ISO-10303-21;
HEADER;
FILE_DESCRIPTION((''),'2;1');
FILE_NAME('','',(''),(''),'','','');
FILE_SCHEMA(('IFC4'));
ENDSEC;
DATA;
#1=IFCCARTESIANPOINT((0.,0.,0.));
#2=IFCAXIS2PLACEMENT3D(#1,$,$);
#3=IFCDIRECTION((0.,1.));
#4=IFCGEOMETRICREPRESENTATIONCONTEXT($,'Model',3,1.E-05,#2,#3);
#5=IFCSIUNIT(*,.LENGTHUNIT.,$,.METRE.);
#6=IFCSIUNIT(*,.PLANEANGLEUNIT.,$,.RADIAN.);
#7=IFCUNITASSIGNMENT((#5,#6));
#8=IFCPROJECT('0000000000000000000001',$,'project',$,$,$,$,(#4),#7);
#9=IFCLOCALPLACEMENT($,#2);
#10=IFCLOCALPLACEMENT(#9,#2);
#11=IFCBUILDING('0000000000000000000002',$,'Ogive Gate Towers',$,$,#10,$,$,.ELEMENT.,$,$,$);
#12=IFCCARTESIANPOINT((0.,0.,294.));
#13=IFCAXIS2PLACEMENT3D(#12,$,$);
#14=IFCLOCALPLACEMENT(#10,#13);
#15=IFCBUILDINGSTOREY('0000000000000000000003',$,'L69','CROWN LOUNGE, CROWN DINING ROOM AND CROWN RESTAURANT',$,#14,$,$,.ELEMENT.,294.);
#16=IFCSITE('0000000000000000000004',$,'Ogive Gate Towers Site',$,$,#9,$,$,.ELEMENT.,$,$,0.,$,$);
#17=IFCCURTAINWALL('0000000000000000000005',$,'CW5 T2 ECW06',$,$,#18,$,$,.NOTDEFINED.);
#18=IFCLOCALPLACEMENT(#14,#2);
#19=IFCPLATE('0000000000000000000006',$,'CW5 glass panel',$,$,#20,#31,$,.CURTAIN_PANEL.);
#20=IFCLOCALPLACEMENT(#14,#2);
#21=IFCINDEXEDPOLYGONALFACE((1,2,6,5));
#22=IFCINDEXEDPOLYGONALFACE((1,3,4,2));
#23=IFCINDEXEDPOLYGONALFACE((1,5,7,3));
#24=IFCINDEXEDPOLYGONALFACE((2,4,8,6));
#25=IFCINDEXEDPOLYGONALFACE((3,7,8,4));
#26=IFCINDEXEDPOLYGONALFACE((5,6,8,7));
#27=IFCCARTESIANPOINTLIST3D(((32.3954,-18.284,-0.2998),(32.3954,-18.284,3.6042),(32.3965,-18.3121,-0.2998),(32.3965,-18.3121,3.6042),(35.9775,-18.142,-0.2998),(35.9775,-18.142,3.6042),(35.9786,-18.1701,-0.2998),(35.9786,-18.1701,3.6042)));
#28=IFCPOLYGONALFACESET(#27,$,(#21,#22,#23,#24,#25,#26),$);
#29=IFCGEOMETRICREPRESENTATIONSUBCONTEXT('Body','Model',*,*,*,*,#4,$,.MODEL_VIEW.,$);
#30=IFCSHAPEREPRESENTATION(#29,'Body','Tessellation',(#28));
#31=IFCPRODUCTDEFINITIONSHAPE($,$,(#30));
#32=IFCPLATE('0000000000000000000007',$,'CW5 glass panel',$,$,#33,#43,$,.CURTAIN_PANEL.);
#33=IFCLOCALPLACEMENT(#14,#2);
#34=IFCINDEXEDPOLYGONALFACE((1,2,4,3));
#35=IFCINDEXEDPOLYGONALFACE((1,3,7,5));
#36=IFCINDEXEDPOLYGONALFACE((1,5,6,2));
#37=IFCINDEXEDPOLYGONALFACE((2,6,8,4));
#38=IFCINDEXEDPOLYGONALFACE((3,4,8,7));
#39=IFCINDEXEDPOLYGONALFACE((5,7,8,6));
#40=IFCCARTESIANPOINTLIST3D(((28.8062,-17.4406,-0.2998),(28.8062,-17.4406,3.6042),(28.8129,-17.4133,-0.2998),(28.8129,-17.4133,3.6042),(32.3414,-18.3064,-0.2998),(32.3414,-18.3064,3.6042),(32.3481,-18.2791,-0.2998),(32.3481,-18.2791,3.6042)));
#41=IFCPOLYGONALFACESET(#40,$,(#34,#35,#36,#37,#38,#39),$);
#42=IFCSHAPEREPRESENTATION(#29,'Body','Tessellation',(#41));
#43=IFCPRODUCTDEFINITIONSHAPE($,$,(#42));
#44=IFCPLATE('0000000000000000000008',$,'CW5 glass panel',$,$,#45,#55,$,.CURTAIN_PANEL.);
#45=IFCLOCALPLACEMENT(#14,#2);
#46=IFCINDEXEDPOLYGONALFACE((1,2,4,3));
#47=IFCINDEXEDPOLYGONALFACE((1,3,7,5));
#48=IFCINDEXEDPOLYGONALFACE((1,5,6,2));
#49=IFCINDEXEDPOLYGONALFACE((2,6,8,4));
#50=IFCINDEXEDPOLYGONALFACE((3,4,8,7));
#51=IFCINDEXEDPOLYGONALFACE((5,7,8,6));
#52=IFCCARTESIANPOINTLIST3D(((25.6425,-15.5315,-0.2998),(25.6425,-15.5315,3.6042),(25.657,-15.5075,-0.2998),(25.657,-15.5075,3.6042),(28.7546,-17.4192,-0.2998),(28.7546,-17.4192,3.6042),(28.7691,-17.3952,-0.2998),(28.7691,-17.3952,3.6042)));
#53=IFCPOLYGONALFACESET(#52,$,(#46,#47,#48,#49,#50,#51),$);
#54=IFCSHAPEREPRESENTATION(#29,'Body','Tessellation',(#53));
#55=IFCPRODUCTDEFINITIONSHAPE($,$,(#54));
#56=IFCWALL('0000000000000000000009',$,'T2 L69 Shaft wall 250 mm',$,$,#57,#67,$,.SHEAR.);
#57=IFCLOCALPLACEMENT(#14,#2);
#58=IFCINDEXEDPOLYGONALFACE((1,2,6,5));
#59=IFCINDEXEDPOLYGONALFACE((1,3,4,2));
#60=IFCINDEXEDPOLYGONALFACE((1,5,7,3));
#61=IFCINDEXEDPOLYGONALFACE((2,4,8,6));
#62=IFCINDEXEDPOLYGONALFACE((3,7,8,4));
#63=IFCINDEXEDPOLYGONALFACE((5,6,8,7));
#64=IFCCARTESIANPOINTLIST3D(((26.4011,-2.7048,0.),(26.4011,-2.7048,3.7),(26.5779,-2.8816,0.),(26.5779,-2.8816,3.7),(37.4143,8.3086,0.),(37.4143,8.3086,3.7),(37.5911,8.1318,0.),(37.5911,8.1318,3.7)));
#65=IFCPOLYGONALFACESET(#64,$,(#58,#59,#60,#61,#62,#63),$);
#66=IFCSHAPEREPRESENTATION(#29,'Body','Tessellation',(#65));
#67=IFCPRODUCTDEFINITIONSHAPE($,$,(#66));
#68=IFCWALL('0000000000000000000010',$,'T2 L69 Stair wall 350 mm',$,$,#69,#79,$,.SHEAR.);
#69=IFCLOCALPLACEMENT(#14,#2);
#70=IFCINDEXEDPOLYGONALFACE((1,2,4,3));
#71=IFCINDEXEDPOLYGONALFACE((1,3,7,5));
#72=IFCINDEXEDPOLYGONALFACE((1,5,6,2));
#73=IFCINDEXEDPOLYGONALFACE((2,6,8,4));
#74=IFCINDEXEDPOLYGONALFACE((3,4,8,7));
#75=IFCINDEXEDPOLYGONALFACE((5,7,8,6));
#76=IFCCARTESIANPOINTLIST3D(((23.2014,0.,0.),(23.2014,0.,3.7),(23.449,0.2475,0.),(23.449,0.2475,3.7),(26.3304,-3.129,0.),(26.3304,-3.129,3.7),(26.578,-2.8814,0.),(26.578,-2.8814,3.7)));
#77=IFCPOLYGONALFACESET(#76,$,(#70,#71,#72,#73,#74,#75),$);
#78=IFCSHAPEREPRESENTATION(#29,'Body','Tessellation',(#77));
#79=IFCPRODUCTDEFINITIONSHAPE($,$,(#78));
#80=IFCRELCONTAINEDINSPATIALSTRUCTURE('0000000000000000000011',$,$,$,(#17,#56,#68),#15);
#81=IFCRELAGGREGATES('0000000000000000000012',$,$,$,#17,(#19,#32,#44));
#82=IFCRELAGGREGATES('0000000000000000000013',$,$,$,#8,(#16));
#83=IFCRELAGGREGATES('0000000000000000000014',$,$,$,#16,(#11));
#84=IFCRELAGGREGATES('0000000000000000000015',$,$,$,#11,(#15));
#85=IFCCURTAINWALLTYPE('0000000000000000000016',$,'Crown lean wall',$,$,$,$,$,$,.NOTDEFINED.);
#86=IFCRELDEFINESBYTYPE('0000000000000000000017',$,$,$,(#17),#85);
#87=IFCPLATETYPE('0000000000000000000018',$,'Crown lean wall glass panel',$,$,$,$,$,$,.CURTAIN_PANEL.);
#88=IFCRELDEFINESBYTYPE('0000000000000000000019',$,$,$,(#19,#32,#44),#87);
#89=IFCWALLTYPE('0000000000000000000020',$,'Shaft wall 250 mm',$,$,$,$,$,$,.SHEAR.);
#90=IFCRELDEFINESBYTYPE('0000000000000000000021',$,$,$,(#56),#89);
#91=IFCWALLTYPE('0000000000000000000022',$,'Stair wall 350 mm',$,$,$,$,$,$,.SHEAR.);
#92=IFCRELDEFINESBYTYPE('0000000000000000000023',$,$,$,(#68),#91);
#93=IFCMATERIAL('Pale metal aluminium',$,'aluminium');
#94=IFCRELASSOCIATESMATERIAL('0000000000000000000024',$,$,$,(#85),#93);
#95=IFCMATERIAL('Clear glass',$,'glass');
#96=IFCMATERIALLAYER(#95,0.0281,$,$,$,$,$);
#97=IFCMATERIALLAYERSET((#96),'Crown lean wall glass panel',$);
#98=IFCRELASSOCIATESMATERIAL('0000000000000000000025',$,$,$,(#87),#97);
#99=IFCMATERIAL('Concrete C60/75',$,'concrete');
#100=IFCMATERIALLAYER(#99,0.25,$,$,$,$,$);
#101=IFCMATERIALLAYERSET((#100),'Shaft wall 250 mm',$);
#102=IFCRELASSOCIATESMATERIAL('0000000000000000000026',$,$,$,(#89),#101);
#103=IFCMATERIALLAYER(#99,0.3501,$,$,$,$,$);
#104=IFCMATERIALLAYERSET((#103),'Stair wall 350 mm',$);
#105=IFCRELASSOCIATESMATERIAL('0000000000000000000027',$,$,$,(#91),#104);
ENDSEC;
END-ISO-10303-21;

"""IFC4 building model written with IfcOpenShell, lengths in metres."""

from ifc_helpers import new_model, si_unit, direction, frame, frame_2d, origin, origin_2d, place, context, subcontext, project, spatial, rectangle, extrude, material, layer, layer_set, type_object, element, aggregate, save


model = new_model("IFC4")

# Units and contexts
model_context = context("Model", 3, precision=1e-05, world=origin(), true_north=direction((0.0, 1.0)))
body_context = subcontext(model_context, "Body", "Model", "MODEL_VIEW")
ifc_project = project(units=[si_unit("LENGTHUNIT", "METRE"), si_unit("PLANEANGLEUNIT", "RADIAN")], contexts=[model_context])

# Site, building, storey
site_placement = place(None, origin())
site = spatial("IfcSite", under=ifc_project, at=site_placement, Name="Ogive Gate Towers Site", CompositionType="ELEMENT", RefElevation=0.0)
building_placement = place(site_placement, origin())
building = spatial("IfcBuilding", under=site, at=building_placement, Name="Ogive Gate Towers", CompositionType="ELEMENT")
storey_placement = place(building_placement, frame((0.0, 0.0, 294.0)))
storey = spatial("IfcBuildingStorey", under=building, at=storey_placement, Name="L69", Description="CROWN LOUNGE, CROWN DINING ROOM AND CROWN RESTAURANT", CompositionType="ELEMENT", Elevation=294.0)

# Curtain wall
ifc_material_1 = material(Name="Pale metal aluminium", Category="aluminium")
curtain_wall_type = type_object("IfcCurtainWallType", Name="Crown lean wall", PredefinedType="NOTDEFINED", material=ifc_material_1)
curtain_wall_placement = place(storey_placement, origin())
curtain_wall = element("IfcCurtainWall", 1, at=curtain_wall_placement, inside=storey, type_object=curtain_wall_type, Name="CW5 T2 ECW06", PredefinedType="NOTDEFINED")

# Plates
ifc_material_2 = material(Name="Clear glass", Category="glass")
ifc_layer_1 = layer(ifc_material_2, 0.0281)
ifc_layer_set_1 = layer_set([ifc_layer_1], Name="Crown lean wall glass panel")
plate_type = type_object("IfcPlateType", Name="Crown lean wall glass panel", PredefinedType="CURTAIN_PANEL", material=ifc_layer_set_1)
plate_1_placement = place(storey_placement, frame((34.187, -18.2271, -0.2998), z_axis=(0.0, 0.0, 1.0), x_axis=(-0.999215, -0.039609, 0.0)))
plate_1 = element("IfcPlate", 2, at=plate_1_placement, type_object=plate_type, Name="CW5 glass panel", PredefinedType="CURTAIN_PANEL", context=body_context, shape_type="SweptSolid", body=[
    extrude(rectangle(XDim=3.585, YDim=0.0281, at=origin_2d()), origin(), (0.0, 0.0, 1.0), 3.9041),
])
plate_2_placement = place(storey_placement, frame((30.5771, -17.8599, -0.2998), z_axis=(0.0, 0.0, 1.0), x_axis=(-0.971296, 0.237872, 0.0)))
plate_2 = element("IfcPlate", 3, at=plate_2_placement, type_object=plate_type, Name="CW5 glass panel", PredefinedType="CURTAIN_PANEL", context=body_context, shape_type="SweptSolid", body=[
    extrude(rectangle(XDim=3.6396, YDim=0.0281, at=origin_2d()), origin(), (0.0, 0.0, 1.0), 3.9041),
])
plate_3_placement = place(storey_placement, frame((27.2058, -16.4634, -0.2998), z_axis=(0.0, 0.0, 1.0), x_axis=(-0.855002, 0.518624, 0.0)))
plate_3 = element("IfcPlate", 4, at=plate_3_placement, type_object=plate_type, Name="CW5 glass panel", PredefinedType="CURTAIN_PANEL", context=body_context, shape_type="SweptSolid", body=[
    extrude(rectangle(XDim=3.6399, YDim=0.0281, at=origin_2d()), origin(), (0.0, 0.0, 1.0), 3.9041),
])
aggregate(curtain_wall, [plate_1, plate_2, plate_3])

# Walls
ifc_material_3 = material(Name="Concrete C60/75", Category="concrete")
ifc_layer_2 = layer(ifc_material_3, 0.25)
ifc_layer_set_2 = layer_set([ifc_layer_2], Name="Shaft wall 250 mm")
wall_type_1 = type_object("IfcWallType", Name="Shaft wall 250 mm", PredefinedType="SHEAR", material=ifc_layer_set_2)
wall_1_placement = place(storey_placement, frame((26.4895, -2.7932, 0.0), z_axis=(0.0, 0.0, 1.0), x_axis=(0.707099, 0.707115, 0.0)))
element("IfcWall", 5, at=wall_1_placement, inside=storey, type_object=wall_type_1, Name="T2 L69 Shaft wall 250 mm", PredefinedType="SHEAR", context=body_context, shape_type="SweptSolid", body=[
    extrude(rectangle(XDim=15.5752, YDim=0.25, at=frame_2d((7.7876, 0.0))), origin(), (0.0, 0.0, 1.0), 3.7),
])
ifc_layer_3 = layer(ifc_material_3, 0.3501)
ifc_layer_set_3 = layer_set([ifc_layer_3], Name="Stair wall 350 mm")
wall_type_2 = type_object("IfcWallType", Name="Stair wall 350 mm", PredefinedType="SHEAR", material=ifc_layer_set_3)
wall_2_placement = place(storey_placement, frame((26.4541, -3.0051, 0.0), z_axis=(0.0, 0.0, 1.0), x_axis=(-0.707107, 0.707107, 0.0)))
element("IfcWall", 6, at=wall_2_placement, inside=storey, type_object=wall_type_2, Name="T2 L69 Stair wall 350 mm", PredefinedType="SHEAR", context=body_context, shape_type="SweptSolid", body=[
    extrude(rectangle(XDim=4.425, YDim=0.3501, at=frame_2d((2.2124, 0.0))), origin(), (0.0, 0.0, 1.0), 3.7),
])

save(model, "model.ifc")
